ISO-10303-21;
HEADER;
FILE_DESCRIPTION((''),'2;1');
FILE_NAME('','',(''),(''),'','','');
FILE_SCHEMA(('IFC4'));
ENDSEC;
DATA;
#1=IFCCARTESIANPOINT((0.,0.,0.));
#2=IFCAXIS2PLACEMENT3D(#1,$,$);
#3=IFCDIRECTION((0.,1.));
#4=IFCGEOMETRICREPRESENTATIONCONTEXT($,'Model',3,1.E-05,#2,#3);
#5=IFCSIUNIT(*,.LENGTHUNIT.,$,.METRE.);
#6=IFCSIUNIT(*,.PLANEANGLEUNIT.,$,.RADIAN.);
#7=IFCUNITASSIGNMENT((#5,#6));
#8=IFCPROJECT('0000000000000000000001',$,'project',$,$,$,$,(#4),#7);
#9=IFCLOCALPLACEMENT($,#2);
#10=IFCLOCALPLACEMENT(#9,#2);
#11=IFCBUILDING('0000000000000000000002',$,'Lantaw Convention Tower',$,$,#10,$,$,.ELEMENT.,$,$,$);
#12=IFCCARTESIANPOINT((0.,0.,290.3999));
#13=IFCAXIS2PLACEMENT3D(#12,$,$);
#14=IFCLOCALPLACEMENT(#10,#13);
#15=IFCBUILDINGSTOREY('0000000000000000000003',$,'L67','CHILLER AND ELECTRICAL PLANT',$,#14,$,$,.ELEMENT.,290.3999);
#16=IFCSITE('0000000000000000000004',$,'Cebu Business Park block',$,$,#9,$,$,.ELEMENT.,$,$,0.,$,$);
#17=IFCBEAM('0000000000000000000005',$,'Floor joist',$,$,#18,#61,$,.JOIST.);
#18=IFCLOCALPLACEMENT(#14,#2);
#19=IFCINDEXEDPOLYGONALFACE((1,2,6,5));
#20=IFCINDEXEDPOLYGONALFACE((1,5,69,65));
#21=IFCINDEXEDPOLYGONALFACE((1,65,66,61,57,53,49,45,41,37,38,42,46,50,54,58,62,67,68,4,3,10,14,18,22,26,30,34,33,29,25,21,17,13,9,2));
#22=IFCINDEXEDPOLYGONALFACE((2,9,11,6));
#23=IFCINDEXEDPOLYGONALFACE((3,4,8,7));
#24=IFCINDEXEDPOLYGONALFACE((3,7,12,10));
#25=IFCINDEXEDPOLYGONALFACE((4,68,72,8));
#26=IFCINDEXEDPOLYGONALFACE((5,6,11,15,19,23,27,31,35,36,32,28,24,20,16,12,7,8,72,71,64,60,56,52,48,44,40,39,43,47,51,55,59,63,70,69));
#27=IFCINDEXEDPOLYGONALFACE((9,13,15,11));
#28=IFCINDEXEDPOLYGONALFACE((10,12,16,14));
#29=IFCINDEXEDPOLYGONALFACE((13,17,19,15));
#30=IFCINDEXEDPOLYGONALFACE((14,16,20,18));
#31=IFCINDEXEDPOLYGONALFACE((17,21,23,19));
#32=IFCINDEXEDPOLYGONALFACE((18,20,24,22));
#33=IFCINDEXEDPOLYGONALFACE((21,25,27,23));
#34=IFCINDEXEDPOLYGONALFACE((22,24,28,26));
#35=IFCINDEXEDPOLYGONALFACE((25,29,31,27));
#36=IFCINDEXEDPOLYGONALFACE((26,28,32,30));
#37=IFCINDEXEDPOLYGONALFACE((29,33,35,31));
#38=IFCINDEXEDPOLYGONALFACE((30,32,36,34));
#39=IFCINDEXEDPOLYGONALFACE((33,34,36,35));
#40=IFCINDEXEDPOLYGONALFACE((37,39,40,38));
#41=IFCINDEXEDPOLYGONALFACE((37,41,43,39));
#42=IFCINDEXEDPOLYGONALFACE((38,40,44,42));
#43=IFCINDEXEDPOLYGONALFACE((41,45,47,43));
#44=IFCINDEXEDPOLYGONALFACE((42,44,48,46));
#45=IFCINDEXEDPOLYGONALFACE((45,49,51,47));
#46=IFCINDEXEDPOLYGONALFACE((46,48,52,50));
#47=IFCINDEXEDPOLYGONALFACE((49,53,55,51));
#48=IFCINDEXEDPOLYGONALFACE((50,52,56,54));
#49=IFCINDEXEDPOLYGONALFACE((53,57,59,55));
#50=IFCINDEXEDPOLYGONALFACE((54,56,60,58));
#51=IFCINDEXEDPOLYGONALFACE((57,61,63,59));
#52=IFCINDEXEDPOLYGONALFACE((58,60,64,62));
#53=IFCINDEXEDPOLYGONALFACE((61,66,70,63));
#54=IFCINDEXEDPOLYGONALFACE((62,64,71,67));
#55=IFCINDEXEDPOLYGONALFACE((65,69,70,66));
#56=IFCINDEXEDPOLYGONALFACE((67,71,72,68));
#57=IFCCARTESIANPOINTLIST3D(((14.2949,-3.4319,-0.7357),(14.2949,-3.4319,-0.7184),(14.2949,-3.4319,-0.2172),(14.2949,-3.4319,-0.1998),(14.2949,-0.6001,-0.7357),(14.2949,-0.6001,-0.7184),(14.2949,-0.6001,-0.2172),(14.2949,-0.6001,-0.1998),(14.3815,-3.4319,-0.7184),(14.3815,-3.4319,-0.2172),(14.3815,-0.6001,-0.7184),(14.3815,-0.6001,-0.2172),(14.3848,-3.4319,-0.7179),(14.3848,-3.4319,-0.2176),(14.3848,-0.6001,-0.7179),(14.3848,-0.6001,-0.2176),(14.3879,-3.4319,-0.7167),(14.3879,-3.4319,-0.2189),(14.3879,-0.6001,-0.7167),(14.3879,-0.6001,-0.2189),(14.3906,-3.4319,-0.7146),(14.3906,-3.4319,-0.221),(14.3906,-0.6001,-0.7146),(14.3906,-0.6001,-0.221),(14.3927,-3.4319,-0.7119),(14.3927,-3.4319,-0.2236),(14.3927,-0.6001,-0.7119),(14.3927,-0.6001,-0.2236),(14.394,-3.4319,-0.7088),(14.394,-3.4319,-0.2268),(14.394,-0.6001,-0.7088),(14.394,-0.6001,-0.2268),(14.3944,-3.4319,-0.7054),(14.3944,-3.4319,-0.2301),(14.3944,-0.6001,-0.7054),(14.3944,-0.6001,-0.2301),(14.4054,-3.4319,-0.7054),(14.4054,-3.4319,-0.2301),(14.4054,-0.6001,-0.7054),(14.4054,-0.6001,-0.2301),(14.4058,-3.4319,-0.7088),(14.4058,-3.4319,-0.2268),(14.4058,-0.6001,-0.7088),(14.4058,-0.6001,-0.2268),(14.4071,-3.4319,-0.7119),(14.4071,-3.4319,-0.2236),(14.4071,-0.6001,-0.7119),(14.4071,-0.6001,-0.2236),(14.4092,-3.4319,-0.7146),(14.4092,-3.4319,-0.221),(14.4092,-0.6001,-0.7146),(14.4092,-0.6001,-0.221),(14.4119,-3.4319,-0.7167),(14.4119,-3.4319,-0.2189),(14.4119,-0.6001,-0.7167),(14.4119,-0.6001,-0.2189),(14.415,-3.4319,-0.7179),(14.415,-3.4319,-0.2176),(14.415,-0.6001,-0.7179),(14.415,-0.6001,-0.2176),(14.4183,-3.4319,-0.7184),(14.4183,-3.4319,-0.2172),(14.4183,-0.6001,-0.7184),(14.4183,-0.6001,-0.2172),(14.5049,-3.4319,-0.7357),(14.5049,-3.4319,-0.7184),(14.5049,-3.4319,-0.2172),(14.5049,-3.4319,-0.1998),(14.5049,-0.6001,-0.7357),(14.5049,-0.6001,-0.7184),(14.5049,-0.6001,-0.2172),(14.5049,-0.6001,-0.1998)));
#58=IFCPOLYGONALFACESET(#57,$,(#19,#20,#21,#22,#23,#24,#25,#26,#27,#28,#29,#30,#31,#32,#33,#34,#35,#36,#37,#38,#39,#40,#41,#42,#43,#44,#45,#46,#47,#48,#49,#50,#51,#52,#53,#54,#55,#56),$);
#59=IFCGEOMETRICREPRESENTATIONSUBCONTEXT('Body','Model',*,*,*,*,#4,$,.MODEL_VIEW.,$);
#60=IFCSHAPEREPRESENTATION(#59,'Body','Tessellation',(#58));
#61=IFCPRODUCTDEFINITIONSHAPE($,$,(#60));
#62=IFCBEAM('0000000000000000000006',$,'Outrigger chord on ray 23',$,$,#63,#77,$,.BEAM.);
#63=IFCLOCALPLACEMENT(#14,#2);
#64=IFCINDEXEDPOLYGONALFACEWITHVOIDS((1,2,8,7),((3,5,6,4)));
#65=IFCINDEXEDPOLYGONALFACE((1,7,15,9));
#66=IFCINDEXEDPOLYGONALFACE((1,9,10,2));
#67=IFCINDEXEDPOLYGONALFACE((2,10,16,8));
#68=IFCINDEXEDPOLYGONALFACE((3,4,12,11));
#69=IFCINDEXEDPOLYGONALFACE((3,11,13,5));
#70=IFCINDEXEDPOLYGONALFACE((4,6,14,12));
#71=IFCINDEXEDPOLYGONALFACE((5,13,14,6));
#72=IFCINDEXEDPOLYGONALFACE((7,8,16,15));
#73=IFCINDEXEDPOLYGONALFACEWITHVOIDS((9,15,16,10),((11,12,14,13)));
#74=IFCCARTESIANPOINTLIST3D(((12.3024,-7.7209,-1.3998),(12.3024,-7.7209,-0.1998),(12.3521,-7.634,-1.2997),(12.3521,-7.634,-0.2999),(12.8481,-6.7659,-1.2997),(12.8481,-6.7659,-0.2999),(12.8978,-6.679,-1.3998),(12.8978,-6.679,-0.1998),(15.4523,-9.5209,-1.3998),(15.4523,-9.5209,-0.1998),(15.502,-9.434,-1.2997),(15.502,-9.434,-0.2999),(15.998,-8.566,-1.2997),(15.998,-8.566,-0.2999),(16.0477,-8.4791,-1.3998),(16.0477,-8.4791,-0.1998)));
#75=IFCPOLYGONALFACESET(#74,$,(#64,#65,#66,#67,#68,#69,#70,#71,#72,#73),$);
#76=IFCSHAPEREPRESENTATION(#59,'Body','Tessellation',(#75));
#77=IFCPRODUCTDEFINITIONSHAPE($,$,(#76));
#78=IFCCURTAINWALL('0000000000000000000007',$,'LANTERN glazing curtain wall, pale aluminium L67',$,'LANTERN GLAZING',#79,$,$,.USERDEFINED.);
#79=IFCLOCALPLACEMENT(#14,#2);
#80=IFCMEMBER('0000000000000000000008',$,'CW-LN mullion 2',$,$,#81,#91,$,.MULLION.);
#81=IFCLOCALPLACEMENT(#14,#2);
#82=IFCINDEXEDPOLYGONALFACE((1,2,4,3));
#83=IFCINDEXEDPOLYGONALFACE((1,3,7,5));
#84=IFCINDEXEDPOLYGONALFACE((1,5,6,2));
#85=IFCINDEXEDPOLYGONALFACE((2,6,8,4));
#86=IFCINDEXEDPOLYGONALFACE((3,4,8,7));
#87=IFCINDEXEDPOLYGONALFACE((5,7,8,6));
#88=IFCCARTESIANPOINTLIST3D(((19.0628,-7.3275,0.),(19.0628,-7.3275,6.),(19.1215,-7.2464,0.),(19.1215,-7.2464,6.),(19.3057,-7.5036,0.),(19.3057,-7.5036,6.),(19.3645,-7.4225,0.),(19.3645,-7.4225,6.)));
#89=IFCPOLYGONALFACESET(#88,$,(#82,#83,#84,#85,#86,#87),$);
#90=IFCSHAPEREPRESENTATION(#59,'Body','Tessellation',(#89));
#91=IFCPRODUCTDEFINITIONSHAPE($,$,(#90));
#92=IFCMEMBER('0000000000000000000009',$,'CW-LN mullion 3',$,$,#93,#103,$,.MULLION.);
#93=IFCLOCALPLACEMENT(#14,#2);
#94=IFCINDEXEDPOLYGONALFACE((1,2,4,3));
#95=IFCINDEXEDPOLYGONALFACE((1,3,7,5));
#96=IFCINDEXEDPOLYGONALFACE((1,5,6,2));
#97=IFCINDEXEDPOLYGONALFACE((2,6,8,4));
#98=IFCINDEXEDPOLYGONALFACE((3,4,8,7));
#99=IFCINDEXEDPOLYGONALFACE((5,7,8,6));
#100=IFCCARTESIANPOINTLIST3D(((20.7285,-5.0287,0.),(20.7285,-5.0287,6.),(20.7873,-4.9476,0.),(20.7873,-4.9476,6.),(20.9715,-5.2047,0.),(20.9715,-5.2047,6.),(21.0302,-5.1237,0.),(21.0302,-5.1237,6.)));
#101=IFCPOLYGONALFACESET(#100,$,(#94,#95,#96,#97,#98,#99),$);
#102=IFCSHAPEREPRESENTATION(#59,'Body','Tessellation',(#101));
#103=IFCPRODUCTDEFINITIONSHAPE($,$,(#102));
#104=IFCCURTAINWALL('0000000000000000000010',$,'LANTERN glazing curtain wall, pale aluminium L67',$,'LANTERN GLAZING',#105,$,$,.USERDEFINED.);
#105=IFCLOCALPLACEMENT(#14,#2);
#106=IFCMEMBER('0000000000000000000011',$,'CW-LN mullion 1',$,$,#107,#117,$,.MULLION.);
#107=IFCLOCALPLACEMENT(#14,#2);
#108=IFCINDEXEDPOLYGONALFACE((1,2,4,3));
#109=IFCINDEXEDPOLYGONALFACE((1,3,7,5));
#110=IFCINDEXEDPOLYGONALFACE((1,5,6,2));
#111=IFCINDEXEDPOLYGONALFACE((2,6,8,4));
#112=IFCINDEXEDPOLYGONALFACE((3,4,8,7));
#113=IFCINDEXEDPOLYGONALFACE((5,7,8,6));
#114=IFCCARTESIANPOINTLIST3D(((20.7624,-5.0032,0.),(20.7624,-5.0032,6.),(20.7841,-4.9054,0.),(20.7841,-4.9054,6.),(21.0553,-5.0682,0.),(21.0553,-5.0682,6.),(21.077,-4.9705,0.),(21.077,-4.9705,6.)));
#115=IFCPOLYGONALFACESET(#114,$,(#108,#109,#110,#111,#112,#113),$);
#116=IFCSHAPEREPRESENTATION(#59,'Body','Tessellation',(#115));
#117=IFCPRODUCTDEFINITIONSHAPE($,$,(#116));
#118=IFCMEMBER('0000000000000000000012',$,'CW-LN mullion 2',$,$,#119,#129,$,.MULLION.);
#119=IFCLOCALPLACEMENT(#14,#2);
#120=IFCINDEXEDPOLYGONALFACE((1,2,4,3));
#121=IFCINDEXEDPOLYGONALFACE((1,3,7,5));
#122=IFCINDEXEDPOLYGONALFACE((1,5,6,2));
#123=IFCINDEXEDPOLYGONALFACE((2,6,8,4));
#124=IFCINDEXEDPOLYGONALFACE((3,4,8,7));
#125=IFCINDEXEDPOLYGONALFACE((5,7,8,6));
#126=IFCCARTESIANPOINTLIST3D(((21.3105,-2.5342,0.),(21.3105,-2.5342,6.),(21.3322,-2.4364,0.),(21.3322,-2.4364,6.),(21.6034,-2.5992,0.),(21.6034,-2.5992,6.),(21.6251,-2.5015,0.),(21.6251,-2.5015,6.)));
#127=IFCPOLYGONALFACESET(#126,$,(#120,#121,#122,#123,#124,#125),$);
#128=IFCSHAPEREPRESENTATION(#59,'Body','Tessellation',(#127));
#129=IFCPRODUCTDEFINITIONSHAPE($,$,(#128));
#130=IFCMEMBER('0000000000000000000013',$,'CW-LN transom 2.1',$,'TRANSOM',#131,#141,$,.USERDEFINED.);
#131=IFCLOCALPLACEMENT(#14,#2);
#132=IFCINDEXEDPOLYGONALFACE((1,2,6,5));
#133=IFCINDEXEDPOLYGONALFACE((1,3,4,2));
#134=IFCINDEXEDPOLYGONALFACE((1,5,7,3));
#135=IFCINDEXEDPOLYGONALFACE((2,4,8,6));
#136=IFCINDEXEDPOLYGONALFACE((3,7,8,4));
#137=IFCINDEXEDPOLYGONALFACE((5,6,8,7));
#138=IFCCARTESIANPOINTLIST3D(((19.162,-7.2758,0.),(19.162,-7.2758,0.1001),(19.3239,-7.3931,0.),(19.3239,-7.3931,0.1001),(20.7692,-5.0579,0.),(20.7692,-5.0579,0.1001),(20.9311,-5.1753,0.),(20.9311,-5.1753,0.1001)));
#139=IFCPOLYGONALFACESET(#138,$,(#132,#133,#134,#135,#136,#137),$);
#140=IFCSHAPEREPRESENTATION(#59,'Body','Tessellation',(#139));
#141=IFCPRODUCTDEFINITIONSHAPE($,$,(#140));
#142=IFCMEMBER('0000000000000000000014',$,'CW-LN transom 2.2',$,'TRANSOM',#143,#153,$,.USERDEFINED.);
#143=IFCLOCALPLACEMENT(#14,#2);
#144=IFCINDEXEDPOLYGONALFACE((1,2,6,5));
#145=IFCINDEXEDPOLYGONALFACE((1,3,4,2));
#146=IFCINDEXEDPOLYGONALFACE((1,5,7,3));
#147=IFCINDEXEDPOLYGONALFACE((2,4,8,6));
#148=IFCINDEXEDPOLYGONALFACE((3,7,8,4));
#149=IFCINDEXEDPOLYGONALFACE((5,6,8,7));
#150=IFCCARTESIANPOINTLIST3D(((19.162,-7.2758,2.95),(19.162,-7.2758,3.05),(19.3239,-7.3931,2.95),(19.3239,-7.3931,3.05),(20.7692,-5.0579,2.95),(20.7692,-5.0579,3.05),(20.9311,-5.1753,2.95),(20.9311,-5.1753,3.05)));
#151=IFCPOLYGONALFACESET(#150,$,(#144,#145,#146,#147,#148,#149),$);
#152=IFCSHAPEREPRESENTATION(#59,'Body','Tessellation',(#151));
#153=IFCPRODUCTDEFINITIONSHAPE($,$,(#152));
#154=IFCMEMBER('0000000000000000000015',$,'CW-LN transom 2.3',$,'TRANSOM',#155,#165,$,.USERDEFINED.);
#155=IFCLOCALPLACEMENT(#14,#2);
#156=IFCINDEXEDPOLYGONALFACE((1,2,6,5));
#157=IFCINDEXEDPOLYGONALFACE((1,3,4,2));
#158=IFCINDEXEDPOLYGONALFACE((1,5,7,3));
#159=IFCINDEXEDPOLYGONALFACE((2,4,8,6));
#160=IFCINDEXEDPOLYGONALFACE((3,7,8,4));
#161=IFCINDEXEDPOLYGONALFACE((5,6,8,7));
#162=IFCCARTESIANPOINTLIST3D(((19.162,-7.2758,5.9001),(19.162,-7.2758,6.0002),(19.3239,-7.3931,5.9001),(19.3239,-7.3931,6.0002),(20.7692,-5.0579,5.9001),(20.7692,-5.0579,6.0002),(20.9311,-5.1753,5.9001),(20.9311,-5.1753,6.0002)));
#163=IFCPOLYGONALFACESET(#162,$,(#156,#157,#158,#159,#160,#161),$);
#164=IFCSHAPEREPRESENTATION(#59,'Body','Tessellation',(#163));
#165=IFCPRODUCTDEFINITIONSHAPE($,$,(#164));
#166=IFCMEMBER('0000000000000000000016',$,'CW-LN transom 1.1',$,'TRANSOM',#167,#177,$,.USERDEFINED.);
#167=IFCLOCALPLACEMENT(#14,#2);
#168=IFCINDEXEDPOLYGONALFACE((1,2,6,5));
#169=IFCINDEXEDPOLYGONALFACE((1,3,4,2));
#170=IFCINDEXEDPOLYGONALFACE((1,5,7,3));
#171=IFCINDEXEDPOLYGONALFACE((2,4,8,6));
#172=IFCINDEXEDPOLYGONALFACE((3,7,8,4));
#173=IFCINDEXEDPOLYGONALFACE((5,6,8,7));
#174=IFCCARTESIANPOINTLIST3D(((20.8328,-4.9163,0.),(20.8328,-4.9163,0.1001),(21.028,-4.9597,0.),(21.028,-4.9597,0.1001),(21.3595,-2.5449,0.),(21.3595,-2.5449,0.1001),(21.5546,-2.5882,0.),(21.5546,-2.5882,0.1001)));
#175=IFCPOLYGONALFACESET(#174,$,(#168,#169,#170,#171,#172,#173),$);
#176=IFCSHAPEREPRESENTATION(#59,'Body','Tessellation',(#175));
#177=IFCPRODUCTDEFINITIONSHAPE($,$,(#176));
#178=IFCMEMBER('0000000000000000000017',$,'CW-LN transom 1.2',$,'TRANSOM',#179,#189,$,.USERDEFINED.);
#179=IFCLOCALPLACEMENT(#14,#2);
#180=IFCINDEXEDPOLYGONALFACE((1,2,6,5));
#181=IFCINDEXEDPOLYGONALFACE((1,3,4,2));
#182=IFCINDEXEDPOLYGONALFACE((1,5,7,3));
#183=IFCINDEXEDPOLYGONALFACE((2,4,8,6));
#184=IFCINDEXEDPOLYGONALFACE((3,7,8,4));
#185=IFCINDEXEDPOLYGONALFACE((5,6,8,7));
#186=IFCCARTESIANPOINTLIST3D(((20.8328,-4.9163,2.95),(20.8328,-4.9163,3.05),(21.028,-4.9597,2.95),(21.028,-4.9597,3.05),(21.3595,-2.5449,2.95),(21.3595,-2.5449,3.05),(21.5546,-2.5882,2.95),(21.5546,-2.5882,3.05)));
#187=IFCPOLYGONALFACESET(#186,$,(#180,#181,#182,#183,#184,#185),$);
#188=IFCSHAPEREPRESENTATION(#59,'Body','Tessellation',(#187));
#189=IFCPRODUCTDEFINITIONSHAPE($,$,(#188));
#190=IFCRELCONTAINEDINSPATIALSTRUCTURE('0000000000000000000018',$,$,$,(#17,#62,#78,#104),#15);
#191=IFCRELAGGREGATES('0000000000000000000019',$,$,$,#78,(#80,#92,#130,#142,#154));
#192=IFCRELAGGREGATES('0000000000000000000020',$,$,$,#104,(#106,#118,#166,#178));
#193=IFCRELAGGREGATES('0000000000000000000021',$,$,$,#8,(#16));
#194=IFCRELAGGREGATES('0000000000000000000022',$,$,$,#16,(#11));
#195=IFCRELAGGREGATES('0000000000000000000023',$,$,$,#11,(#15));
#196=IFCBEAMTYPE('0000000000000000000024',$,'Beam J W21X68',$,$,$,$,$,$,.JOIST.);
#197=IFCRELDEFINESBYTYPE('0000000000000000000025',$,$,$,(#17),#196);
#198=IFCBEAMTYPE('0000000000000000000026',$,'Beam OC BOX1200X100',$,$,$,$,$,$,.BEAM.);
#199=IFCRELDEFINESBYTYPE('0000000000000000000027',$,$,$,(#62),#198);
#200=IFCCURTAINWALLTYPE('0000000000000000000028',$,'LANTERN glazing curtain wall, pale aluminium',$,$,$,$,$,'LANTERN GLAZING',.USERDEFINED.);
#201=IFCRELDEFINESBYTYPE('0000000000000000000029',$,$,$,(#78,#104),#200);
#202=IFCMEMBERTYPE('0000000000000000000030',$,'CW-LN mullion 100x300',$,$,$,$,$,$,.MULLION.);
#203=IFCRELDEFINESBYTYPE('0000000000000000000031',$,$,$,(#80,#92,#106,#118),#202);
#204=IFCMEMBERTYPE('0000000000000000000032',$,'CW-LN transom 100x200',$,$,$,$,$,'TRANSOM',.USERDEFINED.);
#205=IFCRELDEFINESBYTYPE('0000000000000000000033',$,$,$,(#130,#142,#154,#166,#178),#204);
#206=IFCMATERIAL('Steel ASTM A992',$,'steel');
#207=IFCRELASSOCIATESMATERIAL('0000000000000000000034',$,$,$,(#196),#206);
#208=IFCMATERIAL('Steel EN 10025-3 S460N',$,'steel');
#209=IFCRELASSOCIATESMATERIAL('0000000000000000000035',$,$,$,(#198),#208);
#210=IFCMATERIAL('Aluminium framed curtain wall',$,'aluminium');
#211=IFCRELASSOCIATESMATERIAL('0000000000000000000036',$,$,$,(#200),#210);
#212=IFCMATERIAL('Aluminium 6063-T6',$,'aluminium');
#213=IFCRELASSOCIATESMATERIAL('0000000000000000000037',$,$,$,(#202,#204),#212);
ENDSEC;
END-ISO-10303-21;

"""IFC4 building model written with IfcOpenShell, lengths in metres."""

from ifc_helpers import new_model, si_unit, direction, frame, origin, origin_2d, place, context, subcontext, project, spatial, rectangle, hollow_rectangle, i_section, extrude, material, material_profile, profile_set, type_object, element, aggregate, save


model = new_model("IFC4")

# Units and contexts
model_context = context("Model", 3, precision=1e-05, world=origin(), true_north=direction((0.0, 1.0)))
body_context = subcontext(model_context, "Body", "Model", "MODEL_VIEW")
ifc_project = project(units=[si_unit("LENGTHUNIT", "METRE"), si_unit("PLANEANGLEUNIT", "RADIAN")], contexts=[model_context])

# Site, building, storey
site_placement = place(None, origin())
site = spatial("IfcSite", under=ifc_project, at=site_placement, Name="Cebu Business Park block", CompositionType="ELEMENT", RefElevation=0.0)
building_placement = place(site_placement, origin())
building = spatial("IfcBuilding", under=site, at=building_placement, Name="Lantaw Convention Tower", CompositionType="ELEMENT")
storey_placement = place(building_placement, frame((0.0, 0.0, 290.3999)))
storey = spatial("IfcBuildingStorey", under=building, at=storey_placement, Name="L67", Description="CHILLER AND ELECTRICAL PLANT", CompositionType="ELEMENT", Elevation=290.3999)

# Beams
ifc_material_1 = material(Name="Steel EN 10025-3 S460N", Category="steel")
ifc_material_2 = material(Name="Steel ASTM A992", Category="steel")
ifc_material_profile_1 = material_profile(ifc_material_2, i_section(OverallWidth=0.21, OverallDepth=0.5359, WebThickness=0.011, FlangeThickness=0.0173, FilletRadius=0.0129, at=origin_2d()), Name="W21X68")
ifc_profile_set_1 = profile_set([ifc_material_profile_1], Name="Steel ASTM A992")
beam_type_1 = type_object("IfcBeamType", Name="Beam J W21X68", PredefinedType="JOIST", material=ifc_profile_set_1)
beam_1_placement = place(storey_placement, frame((14.3999, -3.4319, -0.4678), z_axis=(0.0, 1.0, 0.0), x_axis=(-1.0, 0.0, 0.0)))
element("IfcBeam", 1, at=beam_1_placement, inside=storey, type_object=beam_type_1, Name="Floor joist", PredefinedType="JOIST", context=body_context, shape_type="SweptSolid", body=[
    extrude(i_section(OverallWidth=0.21, OverallDepth=0.5359, WebThickness=0.011, FlangeThickness=0.0173, FilletRadius=0.0129, at=origin_2d()), origin(), (0.0, 0.0, 1.0), 2.8318),
])
ifc_material_profile_2 = material_profile(ifc_material_1, hollow_rectangle(XDim=1.2, YDim=1.2, WallThickness=0.1001, at=origin_2d()), Name="BOX1200X100")
ifc_profile_set_2 = profile_set([ifc_material_profile_2], Name="Steel EN 10025-3 S460N")
beam_type_2 = type_object("IfcBeamType", Name="Beam OC BOX1200X100", PredefinedType="BEAM", material=ifc_profile_set_2)
beam_2_placement = place(storey_placement, frame((12.6001, -7.2, -0.7998), z_axis=(0.868231, -0.496161, 0.0), x_axis=(0.496161, 0.868231, 0.0)))
element("IfcBeam", 2, at=beam_2_placement, inside=storey, type_object=beam_type_2, Name="Outrigger chord on ray 23", PredefinedType="BEAM", context=body_context, shape_type="SweptSolid", body=[
    extrude(hollow_rectangle(XDim=1.2, YDim=1.2, WallThickness=0.1001, at=origin_2d()), origin(), (0.0, 0.0, 1.0), 3.6279),
])

# Curtain walls, members
ifc_material_3 = material(Name="Aluminium framed curtain wall", Category="aluminium")
curtain_wall_type = type_object("IfcCurtainWallType", Name="LANTERN glazing curtain wall, pale aluminium", ElementType="LANTERN GLAZING", PredefinedType="USERDEFINED", material=ifc_material_3)
curtain_wall_1_placement = place(storey_placement, origin())
curtain_wall_1 = element("IfcCurtainWall", 3, at=curtain_wall_1_placement, inside=storey, type_object=curtain_wall_type, Name="LANTERN glazing curtain wall, pale aluminium L67", ObjectType="LANTERN GLAZING", PredefinedType="USERDEFINED")
ifc_material_4 = material(Name="Aluminium 6063-T6", Category="aluminium")
ifc_material_profile_3 = material_profile(ifc_material_4, rectangle(XDim=0.3, YDim=0.1001, at=origin_2d()), Name="CW-LN mullion 100x300")
ifc_profile_set_3 = profile_set([ifc_material_profile_3], Name="Aluminium 6063-T6")
member_type_1 = type_object("IfcMemberType", Name="CW-LN mullion 100x300", PredefinedType="MULLION", material=ifc_profile_set_3)
member_1_placement = place(storey_placement, frame((19.2136, -7.375, 0.0), z_axis=(0.0, 0.0, 1.0), x_axis=(-0.809742, 0.586786, 0.0)))
member_1 = element("IfcMember", 4, at=member_1_placement, type_object=member_type_1, Name="CW-LN mullion 2", PredefinedType="MULLION", context=body_context, shape_type="SweptSolid", body=[
    extrude(rectangle(XDim=0.3, YDim=0.1001, at=origin_2d()), origin(), (0.0, 0.0, 1.0), 6.0),
])
member_2_placement = place(storey_placement, frame((20.8794, -5.0762, 0.0), z_axis=(0.0, 0.0, 1.0), x_axis=(-0.809742, 0.586786, 0.0)))
member_2 = element("IfcMember", 5, at=member_2_placement, type_object=member_type_1, Name="CW-LN mullion 3", PredefinedType="MULLION", context=body_context, shape_type="SweptSolid", body=[
    extrude(rectangle(XDim=0.3, YDim=0.1001, at=origin_2d()), origin(), (0.0, 0.0, 1.0), 6.0),
])
curtain_wall_2_placement = place(storey_placement, origin())
curtain_wall_2 = element("IfcCurtainWall", 6, at=curtain_wall_2_placement, inside=storey, type_object=curtain_wall_type, Name="LANTERN glazing curtain wall, pale aluminium L67", ObjectType="LANTERN GLAZING", PredefinedType="USERDEFINED")
member_3_placement = place(storey_placement, frame((20.9197, -4.9868, 0.0), z_axis=(0.0, 0.0, 1.0), x_axis=(-0.976224, 0.216765, 0.0)))
member_3 = element("IfcMember", 7, at=member_3_placement, type_object=member_type_1, Name="CW-LN mullion 1", PredefinedType="MULLION", context=body_context, shape_type="SweptSolid", body=[
    extrude(rectangle(XDim=0.3, YDim=0.1001, at=origin_2d()), origin(), (0.0, 0.0, 1.0), 6.0),
])
member_4_placement = place(storey_placement, frame((21.4678, -2.5178, 0.0), z_axis=(0.0, 0.0, 1.0), x_axis=(-0.976224, 0.216765, 0.0)))
member_4 = element("IfcMember", 8, at=member_4_placement, type_object=member_type_1, Name="CW-LN mullion 2", PredefinedType="MULLION", context=body_context, shape_type="SweptSolid", body=[
    extrude(rectangle(XDim=0.3, YDim=0.1001, at=origin_2d()), origin(), (0.0, 0.0, 1.0), 6.0),
])

# Members
ifc_material_profile_4 = material_profile(ifc_material_4, rectangle(XDim=0.2, YDim=0.1001, at=origin_2d()), Name="CW-LN transom 100x200")
ifc_profile_set_4 = profile_set([ifc_material_profile_4], Name="Aluminium 6063-T6")
member_type_2 = type_object("IfcMemberType", Name="CW-LN transom 100x200", ElementType="TRANSOM", PredefinedType="USERDEFINED", material=ifc_profile_set_4)
member_5_placement = place(storey_placement, frame((19.2429, -7.3345, 0.05), z_axis=(0.586798, 0.809733, 0.0), x_axis=(-0.809733, 0.586798, 0.0)))
member_5 = element("IfcMember", 9, at=member_5_placement, type_object=member_type_2, Name="CW-LN transom 2.1", ObjectType="TRANSOM", PredefinedType="USERDEFINED", context=body_context, shape_type="SweptSolid", body=[
    extrude(rectangle(XDim=0.2, YDim=0.1001, at=origin_2d()), origin(), (0.0, 0.0, 1.0), 2.739),
])
member_6_placement = place(storey_placement, frame((19.2429, -7.3345, 3.0), z_axis=(0.586798, 0.809733, 0.0), x_axis=(-0.809733, 0.586798, 0.0)))
member_6 = element("IfcMember", 10, at=member_6_placement, type_object=member_type_2, Name="CW-LN transom 2.2", ObjectType="TRANSOM", PredefinedType="USERDEFINED", context=body_context, shape_type="SweptSolid", body=[
    extrude(rectangle(XDim=0.2, YDim=0.1001, at=origin_2d()), origin(), (0.0, 0.0, 1.0), 2.739),
])
member_7_placement = place(storey_placement, frame((19.2429, -7.3345, 5.9502), z_axis=(0.586798, 0.809733, 0.0), x_axis=(-0.809733, 0.586798, 0.0)))
member_7 = element("IfcMember", 11, at=member_7_placement, type_object=member_type_2, Name="CW-LN transom 2.3", ObjectType="TRANSOM", PredefinedType="USERDEFINED", context=body_context, shape_type="SweptSolid", body=[
    extrude(rectangle(XDim=0.2, YDim=0.1001, at=origin_2d()), origin(), (0.0, 0.0, 1.0), 2.739),
])
member_8_placement = place(storey_placement, frame((20.9304, -4.938, 0.05), z_axis=(0.216792, 0.976218, 0.0), x_axis=(-0.976218, 0.216792, 0.0)))
member_8 = element("IfcMember", 12, at=member_8_placement, type_object=member_type_2, Name="CW-LN transom 1.1", ObjectType="TRANSOM", PredefinedType="USERDEFINED", context=body_context, shape_type="SweptSolid", body=[
    extrude(rectangle(XDim=0.2, YDim=0.1001, at=origin_2d()), origin(), (0.0, 0.0, 1.0), 2.4292),
])
member_9_placement = place(storey_placement, frame((20.9304, -4.938, 3.0), z_axis=(0.216792, 0.976218, 0.0), x_axis=(-0.976218, 0.216792, 0.0)))
member_9 = element("IfcMember", 13, at=member_9_placement, type_object=member_type_2, Name="CW-LN transom 1.2", ObjectType="TRANSOM", PredefinedType="USERDEFINED", context=body_context, shape_type="SweptSolid", body=[
    extrude(rectangle(XDim=0.2, YDim=0.1001, at=origin_2d()), origin(), (0.0, 0.0, 1.0), 2.4292),
])

aggregate(curtain_wall_1, [member_1, member_2, member_5, member_6, member_7])
aggregate(curtain_wall_2, [member_3, member_4, member_8, member_9])

save(model, "model.ifc")
